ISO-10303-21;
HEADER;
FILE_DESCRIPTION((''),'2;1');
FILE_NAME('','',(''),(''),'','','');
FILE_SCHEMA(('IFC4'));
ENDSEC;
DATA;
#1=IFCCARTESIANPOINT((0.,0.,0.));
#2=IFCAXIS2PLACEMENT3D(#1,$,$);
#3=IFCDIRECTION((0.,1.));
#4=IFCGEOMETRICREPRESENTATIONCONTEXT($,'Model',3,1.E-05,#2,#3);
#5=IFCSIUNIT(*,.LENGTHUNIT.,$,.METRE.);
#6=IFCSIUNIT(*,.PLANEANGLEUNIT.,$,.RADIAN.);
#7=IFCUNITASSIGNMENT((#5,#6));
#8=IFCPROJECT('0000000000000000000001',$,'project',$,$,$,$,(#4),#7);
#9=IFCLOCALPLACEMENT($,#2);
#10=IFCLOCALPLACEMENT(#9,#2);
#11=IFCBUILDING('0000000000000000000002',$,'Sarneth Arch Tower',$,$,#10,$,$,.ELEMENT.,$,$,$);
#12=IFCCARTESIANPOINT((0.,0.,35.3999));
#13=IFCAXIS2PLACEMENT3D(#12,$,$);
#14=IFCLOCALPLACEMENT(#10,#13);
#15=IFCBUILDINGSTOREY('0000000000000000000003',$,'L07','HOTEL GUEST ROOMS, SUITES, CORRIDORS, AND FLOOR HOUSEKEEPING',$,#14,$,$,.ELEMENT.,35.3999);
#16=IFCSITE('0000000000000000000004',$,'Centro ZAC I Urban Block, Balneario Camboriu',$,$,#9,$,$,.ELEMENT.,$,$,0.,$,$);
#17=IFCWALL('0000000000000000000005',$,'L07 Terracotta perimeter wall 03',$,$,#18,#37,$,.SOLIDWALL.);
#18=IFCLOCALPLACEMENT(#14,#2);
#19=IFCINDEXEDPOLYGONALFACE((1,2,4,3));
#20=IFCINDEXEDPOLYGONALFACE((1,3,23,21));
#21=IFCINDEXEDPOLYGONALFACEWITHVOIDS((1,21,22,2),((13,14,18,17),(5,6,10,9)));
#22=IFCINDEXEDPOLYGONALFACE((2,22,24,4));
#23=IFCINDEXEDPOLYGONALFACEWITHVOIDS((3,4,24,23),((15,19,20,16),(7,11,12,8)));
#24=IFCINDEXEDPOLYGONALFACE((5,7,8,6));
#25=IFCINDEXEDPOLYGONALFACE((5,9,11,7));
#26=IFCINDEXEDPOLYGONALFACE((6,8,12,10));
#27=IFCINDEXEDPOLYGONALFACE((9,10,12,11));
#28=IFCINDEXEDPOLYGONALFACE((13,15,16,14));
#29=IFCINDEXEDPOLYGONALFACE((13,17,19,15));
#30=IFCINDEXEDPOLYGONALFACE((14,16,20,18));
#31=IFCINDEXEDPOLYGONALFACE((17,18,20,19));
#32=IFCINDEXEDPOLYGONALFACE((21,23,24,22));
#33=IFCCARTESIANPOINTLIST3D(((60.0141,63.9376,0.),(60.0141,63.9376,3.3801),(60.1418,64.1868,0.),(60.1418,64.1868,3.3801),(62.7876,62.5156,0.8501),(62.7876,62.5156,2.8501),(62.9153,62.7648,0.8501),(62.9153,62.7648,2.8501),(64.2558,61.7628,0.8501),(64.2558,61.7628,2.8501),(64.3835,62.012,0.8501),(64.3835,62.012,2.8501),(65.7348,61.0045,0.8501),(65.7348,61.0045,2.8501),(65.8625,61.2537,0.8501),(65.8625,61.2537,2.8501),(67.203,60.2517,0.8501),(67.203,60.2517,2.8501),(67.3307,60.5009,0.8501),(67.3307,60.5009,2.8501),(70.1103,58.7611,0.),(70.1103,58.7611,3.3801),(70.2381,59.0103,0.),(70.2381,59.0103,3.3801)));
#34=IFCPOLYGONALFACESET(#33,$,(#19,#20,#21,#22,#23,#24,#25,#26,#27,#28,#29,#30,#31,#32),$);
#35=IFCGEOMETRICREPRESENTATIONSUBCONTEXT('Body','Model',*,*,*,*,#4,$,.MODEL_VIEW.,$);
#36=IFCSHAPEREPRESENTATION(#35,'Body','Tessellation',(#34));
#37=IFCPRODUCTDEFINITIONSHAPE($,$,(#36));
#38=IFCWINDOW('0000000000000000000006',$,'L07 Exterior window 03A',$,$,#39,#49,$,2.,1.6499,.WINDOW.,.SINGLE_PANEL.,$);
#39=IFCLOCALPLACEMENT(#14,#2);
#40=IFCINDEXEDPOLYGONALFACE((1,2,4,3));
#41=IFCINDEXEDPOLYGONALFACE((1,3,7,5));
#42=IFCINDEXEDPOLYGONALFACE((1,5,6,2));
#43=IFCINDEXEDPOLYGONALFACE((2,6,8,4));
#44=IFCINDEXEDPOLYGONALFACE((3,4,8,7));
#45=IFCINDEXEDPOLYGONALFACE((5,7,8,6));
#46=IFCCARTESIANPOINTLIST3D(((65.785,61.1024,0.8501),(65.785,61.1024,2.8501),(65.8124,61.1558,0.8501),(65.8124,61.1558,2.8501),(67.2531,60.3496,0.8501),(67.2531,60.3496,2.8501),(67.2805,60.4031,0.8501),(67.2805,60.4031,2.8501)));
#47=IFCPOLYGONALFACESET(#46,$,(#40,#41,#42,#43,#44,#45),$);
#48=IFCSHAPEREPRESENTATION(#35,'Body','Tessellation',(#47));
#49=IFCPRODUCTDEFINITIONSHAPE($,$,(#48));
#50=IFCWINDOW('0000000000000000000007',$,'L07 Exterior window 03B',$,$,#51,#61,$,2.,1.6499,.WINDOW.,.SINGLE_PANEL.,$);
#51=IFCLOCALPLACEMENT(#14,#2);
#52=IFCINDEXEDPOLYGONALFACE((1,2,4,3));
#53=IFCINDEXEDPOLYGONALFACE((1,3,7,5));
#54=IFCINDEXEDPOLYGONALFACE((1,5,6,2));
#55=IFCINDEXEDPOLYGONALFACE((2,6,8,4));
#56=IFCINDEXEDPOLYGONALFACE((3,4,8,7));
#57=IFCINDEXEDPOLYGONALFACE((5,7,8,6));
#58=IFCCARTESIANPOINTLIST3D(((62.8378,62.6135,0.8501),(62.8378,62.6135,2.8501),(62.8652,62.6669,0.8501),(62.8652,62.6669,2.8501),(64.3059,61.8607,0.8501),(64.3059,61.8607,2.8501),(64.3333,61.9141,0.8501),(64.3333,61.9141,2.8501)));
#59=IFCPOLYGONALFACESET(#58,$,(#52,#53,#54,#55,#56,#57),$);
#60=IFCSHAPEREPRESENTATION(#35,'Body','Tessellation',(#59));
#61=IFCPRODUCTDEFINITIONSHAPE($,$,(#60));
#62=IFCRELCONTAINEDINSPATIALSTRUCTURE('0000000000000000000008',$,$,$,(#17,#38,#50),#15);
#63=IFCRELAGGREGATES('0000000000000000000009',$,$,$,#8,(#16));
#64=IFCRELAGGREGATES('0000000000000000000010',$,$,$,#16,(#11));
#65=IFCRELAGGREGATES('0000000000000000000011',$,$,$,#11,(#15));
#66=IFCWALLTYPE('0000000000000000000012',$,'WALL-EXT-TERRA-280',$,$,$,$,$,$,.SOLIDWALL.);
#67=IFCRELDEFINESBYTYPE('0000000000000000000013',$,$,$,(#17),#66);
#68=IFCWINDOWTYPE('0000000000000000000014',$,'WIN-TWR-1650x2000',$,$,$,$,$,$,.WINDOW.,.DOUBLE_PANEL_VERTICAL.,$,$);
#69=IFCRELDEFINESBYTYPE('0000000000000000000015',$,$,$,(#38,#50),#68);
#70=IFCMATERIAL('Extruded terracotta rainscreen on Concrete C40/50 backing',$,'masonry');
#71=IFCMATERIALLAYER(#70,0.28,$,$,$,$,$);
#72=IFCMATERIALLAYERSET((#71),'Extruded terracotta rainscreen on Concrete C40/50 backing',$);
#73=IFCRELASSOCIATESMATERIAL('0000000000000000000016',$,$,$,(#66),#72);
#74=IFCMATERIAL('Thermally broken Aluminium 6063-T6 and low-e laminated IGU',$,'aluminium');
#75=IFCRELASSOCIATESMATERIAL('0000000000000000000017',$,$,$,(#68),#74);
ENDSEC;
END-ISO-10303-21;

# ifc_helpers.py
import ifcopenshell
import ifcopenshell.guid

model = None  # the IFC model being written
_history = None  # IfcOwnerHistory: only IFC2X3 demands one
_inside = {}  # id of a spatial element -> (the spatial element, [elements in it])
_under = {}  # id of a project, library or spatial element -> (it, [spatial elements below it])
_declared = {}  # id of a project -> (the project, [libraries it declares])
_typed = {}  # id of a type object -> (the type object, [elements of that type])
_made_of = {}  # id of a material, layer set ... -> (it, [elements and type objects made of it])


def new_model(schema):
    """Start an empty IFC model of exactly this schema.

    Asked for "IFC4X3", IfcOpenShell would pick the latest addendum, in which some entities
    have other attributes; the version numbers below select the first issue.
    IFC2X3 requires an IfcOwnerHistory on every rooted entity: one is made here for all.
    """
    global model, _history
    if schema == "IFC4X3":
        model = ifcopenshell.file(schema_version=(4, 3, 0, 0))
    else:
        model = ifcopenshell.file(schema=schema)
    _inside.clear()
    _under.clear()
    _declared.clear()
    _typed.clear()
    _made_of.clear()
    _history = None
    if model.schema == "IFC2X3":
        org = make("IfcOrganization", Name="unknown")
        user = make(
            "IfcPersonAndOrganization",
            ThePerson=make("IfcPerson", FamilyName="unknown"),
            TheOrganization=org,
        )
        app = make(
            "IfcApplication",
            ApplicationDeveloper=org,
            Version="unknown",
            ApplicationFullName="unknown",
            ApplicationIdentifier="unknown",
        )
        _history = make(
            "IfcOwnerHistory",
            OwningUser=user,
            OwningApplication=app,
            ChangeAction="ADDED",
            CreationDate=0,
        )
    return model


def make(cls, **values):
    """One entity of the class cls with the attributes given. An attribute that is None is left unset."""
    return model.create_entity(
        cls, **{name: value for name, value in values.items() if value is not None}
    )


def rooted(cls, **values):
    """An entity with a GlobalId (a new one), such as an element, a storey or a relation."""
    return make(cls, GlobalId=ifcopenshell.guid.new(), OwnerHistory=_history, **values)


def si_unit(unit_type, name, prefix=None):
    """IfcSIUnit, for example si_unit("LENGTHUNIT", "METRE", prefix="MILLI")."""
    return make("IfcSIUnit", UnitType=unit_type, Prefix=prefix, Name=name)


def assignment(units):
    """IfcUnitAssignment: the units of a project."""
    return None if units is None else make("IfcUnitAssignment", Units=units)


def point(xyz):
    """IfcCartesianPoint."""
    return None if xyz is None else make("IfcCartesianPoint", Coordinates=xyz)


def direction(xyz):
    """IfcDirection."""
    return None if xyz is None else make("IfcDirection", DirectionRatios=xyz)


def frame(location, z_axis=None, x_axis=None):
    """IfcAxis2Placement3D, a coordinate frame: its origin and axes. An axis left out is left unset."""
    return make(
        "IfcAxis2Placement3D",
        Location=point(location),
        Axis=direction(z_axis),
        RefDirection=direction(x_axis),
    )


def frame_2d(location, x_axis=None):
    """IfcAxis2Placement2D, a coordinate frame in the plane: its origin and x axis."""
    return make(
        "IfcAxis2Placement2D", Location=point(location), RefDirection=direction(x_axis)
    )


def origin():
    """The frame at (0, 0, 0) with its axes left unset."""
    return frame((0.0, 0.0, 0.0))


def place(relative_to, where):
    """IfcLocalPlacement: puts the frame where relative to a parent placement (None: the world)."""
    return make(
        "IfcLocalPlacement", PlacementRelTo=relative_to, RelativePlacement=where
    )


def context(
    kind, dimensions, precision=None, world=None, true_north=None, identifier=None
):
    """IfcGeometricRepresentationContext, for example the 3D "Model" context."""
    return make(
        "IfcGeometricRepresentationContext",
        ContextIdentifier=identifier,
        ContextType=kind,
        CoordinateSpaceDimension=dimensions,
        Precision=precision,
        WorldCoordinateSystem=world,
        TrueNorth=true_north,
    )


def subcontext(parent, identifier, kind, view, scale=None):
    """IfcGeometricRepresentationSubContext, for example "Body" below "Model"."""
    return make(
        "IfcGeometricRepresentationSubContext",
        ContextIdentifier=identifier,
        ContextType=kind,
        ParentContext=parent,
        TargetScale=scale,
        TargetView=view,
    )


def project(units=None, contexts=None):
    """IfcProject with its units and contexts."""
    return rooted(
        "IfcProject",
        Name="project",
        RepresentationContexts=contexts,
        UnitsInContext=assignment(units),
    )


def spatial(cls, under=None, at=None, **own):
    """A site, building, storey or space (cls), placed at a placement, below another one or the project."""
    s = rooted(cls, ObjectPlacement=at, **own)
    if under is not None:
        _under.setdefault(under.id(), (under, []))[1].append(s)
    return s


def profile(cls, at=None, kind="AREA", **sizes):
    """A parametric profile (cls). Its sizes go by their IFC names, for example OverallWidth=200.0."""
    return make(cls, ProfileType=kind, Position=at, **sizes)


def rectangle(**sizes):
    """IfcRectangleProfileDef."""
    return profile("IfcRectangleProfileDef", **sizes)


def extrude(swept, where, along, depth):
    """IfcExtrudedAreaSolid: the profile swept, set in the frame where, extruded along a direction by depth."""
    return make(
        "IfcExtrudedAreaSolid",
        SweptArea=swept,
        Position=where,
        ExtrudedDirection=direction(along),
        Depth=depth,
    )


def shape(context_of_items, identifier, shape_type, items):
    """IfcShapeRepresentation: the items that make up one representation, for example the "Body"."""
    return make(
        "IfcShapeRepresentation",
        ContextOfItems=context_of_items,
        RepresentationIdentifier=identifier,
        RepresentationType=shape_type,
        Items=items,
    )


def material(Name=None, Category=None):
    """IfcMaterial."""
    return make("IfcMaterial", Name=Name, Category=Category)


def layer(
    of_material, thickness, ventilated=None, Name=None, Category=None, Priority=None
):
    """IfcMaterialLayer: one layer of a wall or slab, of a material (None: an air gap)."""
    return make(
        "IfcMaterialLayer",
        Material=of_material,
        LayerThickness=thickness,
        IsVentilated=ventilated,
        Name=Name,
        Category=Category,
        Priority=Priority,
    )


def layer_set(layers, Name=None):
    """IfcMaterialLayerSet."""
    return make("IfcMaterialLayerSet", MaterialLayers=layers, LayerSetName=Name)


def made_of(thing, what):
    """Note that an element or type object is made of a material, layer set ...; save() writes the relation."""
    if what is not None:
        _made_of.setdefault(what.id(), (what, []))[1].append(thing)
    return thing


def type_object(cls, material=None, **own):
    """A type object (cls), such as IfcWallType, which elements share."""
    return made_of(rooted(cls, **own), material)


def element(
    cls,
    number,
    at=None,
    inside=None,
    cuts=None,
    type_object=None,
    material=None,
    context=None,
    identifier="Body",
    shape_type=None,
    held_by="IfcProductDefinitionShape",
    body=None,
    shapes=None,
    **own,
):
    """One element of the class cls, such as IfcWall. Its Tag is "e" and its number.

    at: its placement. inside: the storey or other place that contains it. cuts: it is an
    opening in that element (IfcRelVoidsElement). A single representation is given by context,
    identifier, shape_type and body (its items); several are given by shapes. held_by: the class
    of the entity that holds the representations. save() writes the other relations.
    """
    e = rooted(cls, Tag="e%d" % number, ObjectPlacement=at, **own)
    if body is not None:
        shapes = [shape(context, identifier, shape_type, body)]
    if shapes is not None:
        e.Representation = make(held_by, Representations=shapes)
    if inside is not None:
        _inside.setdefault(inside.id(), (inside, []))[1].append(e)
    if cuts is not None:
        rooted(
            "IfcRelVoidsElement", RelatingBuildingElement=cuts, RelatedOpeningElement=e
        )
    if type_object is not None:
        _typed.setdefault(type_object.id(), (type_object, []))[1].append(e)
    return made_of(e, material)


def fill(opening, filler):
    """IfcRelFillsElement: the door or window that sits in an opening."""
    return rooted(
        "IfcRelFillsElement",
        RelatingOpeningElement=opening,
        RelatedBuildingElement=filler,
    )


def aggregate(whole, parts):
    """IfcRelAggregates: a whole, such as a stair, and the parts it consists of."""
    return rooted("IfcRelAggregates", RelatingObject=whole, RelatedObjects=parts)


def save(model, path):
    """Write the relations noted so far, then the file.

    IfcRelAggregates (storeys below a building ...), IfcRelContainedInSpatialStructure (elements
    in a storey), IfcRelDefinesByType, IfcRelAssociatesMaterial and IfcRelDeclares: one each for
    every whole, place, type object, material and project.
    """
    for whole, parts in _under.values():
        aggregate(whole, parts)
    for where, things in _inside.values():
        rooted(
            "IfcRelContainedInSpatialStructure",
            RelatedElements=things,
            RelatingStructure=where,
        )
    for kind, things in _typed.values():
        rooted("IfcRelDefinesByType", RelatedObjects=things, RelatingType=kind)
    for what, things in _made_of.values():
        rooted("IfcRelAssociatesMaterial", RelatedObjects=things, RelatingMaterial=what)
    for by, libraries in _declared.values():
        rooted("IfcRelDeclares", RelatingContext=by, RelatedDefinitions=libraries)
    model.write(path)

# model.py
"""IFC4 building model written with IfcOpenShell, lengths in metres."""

from ifc_helpers import new_model, si_unit, direction, frame, frame_2d, origin, place, context, subcontext, project, spatial, rectangle, extrude, material, layer, layer_set, type_object, element, fill, save


model = new_model("IFC4")

# Units and contexts
model_context = context("Model", 3, precision=1e-05, world=origin(), true_north=direction((0.0, 1.0)))
body_context = subcontext(model_context, "Body", "Model", "MODEL_VIEW")
ifc_project = project(units=[si_unit("LENGTHUNIT", "METRE"), si_unit("PLANEANGLEUNIT", "RADIAN")], contexts=[model_context])

# Site, building, storey
site_placement = place(None, origin())
site = spatial("IfcSite", under=ifc_project, at=site_placement, Name="Centro ZAC I Urban Block, Balneario Camboriu", CompositionType="ELEMENT", RefElevation=0.0)
building_placement = place(site_placement, origin())
building = spatial("IfcBuilding", under=site, at=building_placement, Name="Sarneth Arch Tower", CompositionType="ELEMENT")
storey_placement = place(building_placement, frame((0.0, 0.0, 35.3999)))
storey = spatial("IfcBuildingStorey", under=building, at=storey_placement, Name="L07", Description="HOTEL GUEST ROOMS, SUITES, CORRIDORS, AND FLOOR HOUSEKEEPING", CompositionType="ELEMENT", Elevation=35.3999)

# Wall, openings, windows
ifc_material_1 = material(Name="Extruded terracotta rainscreen on Concrete C40/50 backing", Category="masonry")
ifc_layer_1 = layer(ifc_material_1, 0.28)
ifc_layer_set_1 = layer_set([ifc_layer_1], Name="Extruded terracotta rainscreen on Concrete C40/50 backing")
wall_type = type_object("IfcWallType", Name="WALL-EXT-TERRA-280", PredefinedType="SOLIDWALL", material=ifc_layer_set_1)
wall_placement = place(storey_placement, frame((70.1741, 58.8857, 0.0), z_axis=(0.0, 0.0, 1.0), x_axis=(-0.889854, 0.456245, 0.0)))
wall = element("IfcWall", 1, at=wall_placement, inside=storey, type_object=wall_type, Name="L07 Terracotta perimeter wall 03", PredefinedType="SOLIDWALL", context=body_context, shape_type="SweptSolid", body=[
    extrude(rectangle(XDim=11.3459, YDim=0.28, at=frame_2d((5.6729, 0.0))), origin(), (0.0, 0.0, 1.0), 3.3801),
])
opening_1_placement = place(wall_placement, frame((3.2671, 0.0, 0.8501)))
opening_1 = element("IfcOpeningElement", 2, at=opening_1_placement, cuts=wall, PredefinedType="OPENING", context=body_context, shape_type="SweptSolid", body=[
    extrude(rectangle(XDim=1.6499, YDim=2.0, at=frame_2d((0.825, 1.0))), frame((0.0, 0.1499, 0.0), z_axis=(0.0, -1.0, 0.0), x_axis=(1.0, 0.0, 0.0)), (0.0, 0.0, 1.0), 0.3),
])
opening_2_placement = place(wall_placement, frame((6.5791, 0.0, 0.8501)))
opening_2 = element("IfcOpeningElement", 3, at=opening_2_placement, cuts=wall, PredefinedType="OPENING", context=body_context, shape_type="SweptSolid", body=[
    extrude(rectangle(XDim=1.6499, YDim=2.0, at=frame_2d((0.825, 1.0))), frame((0.0, 0.1499, 0.0), z_axis=(0.0, -1.0, 0.0), x_axis=(1.0, 0.0, 0.0)), (0.0, 0.0, 1.0), 0.3),
])
ifc_material_2 = material(Name="Thermally broken Aluminium 6063-T6 and low-e laminated IGU", Category="aluminium")
window_type = type_object("IfcWindowType", Name="WIN-TWR-1650x2000", PartitioningType="DOUBLE_PANEL_VERTICAL", PredefinedType="WINDOW", material=ifc_material_2)
window_1_placement = place(opening_1_placement, origin())
window_1 = element("IfcWindow", 4, at=window_1_placement, inside=storey, type_object=window_type, Name="L07 Exterior window 03A", OverallHeight=2.0, OverallWidth=1.6499, PartitioningType="SINGLE_PANEL", PredefinedType="WINDOW", context=body_context, shape_type="SweptSolid", body=[
    extrude(rectangle(XDim=1.6499, YDim=2.0, at=frame_2d((0.825, 1.0))), frame((0.0, 0.03, 0.0), z_axis=(0.0, -1.0, 0.0), x_axis=(1.0, 0.0, 0.0)), (0.0, 0.0, 1.0), 0.0601),
])
fill(opening_1, window_1)
window_2_placement = place(opening_2_placement, origin())
window_2 = element("IfcWindow", 5, at=window_2_placement, inside=storey, type_object=window_type, Name="L07 Exterior window 03B", OverallHeight=2.0, OverallWidth=1.6499, PartitioningType="SINGLE_PANEL", PredefinedType="WINDOW", context=body_context, shape_type="SweptSolid", body=[
    extrude(rectangle(XDim=1.6499, YDim=2.0, at=frame_2d((0.825, 1.0))), frame((0.0, 0.03, 0.0), z_axis=(0.0, -1.0, 0.0), x_axis=(1.0, 0.0, 0.0)), (0.0, 0.0, 1.0), 0.0601),
])
fill(opening_2, window_2)

save(model, "model.ifc")
